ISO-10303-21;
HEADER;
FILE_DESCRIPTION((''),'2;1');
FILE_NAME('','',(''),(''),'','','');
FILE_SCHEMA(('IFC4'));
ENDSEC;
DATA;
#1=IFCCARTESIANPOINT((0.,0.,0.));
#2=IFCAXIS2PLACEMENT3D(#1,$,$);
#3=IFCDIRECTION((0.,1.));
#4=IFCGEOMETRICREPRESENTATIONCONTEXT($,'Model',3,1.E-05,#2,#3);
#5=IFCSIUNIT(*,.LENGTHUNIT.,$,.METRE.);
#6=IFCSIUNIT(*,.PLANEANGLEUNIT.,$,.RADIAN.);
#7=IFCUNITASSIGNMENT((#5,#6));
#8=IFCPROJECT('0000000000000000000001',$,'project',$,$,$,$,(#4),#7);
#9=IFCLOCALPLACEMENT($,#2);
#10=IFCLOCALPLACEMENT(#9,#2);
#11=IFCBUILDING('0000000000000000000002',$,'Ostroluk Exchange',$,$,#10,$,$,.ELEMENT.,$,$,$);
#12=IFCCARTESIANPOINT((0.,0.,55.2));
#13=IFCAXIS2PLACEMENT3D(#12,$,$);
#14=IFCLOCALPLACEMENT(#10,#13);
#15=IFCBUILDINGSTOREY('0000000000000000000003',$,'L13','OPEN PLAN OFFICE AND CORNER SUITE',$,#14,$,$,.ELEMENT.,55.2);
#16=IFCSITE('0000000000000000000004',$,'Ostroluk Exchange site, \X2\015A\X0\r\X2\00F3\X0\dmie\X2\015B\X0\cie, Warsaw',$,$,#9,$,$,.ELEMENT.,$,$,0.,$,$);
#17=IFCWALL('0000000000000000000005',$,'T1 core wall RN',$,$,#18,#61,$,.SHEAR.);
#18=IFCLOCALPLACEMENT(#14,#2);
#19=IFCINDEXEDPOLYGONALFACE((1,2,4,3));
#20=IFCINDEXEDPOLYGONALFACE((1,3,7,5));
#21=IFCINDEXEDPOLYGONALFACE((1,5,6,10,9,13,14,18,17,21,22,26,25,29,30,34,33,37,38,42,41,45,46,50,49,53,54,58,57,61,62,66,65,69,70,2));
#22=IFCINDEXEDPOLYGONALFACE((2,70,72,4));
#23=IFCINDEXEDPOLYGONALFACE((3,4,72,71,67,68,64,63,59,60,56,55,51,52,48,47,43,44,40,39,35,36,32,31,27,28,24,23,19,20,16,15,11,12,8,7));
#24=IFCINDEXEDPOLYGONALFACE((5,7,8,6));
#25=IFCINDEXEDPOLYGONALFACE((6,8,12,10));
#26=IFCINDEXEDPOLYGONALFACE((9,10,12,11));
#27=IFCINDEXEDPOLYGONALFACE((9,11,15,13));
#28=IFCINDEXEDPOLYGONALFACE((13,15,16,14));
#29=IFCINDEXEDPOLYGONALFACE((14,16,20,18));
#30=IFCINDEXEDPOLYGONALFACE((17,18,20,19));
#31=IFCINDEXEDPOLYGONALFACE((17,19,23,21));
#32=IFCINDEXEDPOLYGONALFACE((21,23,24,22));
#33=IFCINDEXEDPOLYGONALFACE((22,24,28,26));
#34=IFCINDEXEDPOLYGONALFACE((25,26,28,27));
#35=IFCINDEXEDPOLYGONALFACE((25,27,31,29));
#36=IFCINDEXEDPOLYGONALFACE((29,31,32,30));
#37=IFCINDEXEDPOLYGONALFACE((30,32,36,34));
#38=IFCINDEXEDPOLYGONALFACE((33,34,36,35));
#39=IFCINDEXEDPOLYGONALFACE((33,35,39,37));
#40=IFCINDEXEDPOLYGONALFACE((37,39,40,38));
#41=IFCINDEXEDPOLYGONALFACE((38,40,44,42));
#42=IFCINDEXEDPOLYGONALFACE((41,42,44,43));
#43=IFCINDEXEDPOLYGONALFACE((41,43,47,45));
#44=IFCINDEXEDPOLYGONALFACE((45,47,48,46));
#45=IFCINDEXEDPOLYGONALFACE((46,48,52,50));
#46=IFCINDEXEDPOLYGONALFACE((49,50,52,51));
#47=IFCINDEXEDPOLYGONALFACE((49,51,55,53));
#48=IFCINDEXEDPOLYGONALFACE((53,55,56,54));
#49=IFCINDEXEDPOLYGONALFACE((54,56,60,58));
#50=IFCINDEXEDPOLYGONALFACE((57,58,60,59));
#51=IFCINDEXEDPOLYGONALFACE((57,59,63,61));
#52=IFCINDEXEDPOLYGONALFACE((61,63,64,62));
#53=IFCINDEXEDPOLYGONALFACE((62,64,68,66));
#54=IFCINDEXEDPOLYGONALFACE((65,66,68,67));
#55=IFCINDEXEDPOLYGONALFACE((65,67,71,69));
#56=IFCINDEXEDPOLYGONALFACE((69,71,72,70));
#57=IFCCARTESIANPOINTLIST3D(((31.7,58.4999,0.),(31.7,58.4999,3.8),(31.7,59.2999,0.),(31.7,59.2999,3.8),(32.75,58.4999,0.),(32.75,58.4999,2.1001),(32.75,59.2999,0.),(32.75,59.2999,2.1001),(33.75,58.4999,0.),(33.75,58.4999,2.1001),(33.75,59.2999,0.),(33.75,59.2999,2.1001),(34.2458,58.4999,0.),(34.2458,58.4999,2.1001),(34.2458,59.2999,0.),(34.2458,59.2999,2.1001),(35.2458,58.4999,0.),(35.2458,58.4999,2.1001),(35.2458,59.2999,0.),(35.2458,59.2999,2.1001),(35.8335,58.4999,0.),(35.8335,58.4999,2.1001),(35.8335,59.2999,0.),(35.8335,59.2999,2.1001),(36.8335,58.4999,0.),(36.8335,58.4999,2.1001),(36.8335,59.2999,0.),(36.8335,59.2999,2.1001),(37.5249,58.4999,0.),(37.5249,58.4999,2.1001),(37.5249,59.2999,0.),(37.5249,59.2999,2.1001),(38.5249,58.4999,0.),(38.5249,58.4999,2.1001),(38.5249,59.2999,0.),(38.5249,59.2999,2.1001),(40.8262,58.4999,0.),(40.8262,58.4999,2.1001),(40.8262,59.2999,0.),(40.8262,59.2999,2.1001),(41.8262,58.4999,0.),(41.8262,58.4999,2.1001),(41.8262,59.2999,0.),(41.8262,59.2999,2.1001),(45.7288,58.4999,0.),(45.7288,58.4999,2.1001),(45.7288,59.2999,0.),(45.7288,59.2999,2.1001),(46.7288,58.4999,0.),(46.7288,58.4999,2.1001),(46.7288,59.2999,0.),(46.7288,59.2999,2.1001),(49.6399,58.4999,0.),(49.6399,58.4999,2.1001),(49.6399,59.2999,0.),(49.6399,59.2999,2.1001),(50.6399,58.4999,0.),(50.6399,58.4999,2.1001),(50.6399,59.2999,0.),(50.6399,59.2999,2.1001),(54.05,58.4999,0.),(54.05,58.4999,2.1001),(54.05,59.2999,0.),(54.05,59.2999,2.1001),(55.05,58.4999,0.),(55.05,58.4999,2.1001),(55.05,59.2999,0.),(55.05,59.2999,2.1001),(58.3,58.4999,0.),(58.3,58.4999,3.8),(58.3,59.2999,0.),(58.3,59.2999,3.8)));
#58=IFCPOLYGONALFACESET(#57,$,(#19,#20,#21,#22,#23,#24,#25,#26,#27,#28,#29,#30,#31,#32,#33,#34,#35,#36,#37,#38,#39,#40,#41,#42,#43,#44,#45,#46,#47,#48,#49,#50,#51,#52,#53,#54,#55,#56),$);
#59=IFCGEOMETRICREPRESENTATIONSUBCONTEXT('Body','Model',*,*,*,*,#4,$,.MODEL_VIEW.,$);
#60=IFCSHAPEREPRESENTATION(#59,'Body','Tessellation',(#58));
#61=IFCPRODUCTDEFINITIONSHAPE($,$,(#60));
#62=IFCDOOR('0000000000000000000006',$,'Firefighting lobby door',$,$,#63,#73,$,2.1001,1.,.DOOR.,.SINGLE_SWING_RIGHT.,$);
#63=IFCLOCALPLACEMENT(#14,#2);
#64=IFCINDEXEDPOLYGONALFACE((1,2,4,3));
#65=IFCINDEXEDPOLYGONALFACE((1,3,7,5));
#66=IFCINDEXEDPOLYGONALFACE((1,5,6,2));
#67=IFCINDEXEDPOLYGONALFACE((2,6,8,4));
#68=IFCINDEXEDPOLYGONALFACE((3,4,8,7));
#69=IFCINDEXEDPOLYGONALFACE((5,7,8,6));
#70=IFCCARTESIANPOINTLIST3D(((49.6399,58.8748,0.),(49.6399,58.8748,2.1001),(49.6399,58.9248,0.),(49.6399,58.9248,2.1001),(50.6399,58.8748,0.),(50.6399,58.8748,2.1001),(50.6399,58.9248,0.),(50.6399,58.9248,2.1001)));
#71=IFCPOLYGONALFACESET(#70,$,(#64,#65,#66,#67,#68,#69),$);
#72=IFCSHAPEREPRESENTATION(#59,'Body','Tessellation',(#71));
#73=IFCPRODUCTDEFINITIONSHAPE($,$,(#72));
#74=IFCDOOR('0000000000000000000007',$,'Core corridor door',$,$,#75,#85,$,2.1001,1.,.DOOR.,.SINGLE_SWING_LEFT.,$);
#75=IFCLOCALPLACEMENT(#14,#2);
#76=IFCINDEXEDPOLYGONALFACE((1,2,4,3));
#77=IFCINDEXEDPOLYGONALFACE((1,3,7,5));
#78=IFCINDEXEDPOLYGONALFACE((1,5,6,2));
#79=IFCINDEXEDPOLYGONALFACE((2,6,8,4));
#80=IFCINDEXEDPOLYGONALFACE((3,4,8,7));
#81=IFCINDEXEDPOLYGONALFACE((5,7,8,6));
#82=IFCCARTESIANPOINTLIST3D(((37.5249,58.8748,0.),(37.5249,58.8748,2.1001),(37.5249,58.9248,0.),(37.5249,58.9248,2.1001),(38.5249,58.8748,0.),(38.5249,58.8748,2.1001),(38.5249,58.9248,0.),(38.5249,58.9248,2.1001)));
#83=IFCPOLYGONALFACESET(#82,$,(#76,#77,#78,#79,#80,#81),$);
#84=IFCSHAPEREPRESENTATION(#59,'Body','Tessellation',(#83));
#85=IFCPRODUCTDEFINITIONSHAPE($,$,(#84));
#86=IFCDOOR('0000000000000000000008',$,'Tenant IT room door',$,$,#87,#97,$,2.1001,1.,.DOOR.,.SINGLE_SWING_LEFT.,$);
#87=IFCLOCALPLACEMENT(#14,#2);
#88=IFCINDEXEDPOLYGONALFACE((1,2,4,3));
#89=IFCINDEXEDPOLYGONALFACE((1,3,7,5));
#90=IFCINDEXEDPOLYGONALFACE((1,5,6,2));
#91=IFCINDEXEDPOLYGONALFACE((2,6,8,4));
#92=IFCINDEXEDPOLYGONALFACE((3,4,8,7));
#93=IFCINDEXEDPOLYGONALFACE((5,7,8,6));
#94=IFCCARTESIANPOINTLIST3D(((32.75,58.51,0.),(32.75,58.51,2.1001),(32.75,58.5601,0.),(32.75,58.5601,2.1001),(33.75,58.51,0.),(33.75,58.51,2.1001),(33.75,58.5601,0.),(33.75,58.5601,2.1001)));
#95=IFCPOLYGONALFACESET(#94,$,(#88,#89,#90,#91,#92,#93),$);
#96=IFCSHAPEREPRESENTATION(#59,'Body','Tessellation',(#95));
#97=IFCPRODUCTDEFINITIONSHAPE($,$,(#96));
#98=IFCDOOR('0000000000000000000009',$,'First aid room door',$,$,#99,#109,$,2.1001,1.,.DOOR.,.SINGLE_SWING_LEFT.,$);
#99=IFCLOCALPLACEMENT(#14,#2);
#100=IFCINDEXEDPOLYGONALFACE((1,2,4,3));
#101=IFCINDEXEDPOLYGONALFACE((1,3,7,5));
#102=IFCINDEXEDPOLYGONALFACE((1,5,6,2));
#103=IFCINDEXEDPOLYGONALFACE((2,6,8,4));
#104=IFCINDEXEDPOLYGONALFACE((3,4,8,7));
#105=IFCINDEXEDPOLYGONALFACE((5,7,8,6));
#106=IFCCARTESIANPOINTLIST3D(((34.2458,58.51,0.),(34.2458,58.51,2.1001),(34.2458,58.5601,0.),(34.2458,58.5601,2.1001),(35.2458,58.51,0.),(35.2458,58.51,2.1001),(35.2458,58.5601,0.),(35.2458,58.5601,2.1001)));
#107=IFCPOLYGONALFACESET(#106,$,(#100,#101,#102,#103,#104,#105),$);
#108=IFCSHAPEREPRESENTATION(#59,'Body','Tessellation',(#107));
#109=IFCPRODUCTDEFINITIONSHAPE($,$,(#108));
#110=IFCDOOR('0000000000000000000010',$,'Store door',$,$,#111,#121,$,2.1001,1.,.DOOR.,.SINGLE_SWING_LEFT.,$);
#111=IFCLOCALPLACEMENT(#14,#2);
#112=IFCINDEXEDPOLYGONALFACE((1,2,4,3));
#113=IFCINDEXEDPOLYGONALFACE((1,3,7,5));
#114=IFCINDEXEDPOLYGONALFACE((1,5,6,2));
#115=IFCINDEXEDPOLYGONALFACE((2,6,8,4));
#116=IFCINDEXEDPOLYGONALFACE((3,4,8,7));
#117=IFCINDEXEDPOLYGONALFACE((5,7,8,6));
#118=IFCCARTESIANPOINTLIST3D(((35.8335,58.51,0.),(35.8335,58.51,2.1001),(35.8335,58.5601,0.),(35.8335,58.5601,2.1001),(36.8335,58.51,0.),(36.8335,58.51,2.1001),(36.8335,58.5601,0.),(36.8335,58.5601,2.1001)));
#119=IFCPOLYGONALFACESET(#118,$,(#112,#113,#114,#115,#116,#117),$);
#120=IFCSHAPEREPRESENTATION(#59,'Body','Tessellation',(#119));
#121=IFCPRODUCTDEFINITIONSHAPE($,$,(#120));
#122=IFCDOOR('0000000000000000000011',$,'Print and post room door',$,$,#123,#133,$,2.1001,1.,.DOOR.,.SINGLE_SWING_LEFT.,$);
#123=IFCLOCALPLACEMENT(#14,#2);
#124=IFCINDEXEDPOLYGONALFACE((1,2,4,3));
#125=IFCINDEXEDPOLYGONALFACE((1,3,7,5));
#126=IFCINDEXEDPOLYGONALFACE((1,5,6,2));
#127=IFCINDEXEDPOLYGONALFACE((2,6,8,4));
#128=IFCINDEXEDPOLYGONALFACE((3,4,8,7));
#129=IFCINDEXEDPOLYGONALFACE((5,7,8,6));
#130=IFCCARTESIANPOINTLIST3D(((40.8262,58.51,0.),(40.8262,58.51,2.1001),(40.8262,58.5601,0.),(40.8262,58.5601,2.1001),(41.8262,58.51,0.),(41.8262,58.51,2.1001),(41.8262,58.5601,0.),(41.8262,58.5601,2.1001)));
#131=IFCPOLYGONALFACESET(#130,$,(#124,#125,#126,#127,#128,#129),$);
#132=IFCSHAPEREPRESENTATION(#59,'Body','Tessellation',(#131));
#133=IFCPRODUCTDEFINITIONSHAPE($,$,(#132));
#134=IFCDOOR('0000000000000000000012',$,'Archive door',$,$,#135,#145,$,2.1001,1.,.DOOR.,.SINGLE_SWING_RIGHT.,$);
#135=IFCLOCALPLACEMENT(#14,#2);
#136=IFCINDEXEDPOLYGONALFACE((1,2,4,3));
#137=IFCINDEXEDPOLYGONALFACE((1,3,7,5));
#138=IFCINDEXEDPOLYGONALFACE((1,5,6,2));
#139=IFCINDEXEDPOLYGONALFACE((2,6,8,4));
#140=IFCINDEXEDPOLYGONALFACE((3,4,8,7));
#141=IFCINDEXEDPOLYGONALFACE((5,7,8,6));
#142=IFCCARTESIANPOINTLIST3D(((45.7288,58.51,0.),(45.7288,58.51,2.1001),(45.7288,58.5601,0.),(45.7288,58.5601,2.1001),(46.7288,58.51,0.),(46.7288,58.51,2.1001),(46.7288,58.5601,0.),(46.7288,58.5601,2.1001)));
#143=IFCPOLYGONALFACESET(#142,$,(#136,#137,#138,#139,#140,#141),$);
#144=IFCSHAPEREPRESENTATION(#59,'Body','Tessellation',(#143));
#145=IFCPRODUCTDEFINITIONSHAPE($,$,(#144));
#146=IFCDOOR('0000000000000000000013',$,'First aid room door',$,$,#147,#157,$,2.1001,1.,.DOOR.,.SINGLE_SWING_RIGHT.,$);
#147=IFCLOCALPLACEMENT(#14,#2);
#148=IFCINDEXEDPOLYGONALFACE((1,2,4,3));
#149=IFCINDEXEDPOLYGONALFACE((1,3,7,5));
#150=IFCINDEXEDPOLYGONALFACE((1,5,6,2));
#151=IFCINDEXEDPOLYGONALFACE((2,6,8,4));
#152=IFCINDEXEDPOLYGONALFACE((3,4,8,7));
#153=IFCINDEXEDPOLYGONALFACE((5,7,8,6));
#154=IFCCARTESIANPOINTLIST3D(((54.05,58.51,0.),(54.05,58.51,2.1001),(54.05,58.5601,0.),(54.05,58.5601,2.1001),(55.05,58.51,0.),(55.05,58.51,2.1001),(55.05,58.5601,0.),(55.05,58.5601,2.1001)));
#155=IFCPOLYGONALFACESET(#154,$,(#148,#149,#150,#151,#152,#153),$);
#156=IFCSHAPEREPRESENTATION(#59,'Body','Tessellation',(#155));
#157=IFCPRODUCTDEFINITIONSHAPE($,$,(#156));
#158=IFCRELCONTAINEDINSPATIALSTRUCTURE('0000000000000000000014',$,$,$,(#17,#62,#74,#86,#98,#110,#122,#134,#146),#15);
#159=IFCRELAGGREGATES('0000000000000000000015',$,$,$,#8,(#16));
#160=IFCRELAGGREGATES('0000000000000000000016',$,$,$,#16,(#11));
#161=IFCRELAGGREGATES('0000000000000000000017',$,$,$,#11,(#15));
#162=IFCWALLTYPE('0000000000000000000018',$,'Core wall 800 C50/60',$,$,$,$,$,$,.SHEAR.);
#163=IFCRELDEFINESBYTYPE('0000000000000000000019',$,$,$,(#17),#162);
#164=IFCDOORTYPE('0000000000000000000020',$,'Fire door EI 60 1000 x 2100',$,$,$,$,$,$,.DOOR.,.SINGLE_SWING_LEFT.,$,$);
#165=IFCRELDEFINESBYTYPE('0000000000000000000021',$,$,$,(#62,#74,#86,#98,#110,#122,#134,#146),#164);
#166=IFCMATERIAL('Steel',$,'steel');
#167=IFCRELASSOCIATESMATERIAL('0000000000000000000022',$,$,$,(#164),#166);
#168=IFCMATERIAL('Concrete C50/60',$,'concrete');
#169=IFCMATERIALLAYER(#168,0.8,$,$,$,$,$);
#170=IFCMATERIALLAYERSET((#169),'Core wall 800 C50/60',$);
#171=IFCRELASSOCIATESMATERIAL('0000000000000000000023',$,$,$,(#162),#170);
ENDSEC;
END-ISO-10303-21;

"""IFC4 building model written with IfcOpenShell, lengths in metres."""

from ifc_helpers import new_model, si_unit, direction, frame, frame_2d, origin, place, context, subcontext, project, spatial, rectangle, extrude, material, layer, layer_set, type_object, element, fill, save


model = new_model("IFC4")

# Units and contexts
model_context = context("Model", 3, precision=1e-05, world=origin(), true_north=direction((0.0, 1.0)))
body_context = subcontext(model_context, "Body", "Model", "MODEL_VIEW")
ifc_project = project(units=[si_unit("LENGTHUNIT", "METRE"), si_unit("PLANEANGLEUNIT", "RADIAN")], contexts=[model_context])

# Site, building, storey
site_placement = place(None, origin())
site = spatial("IfcSite", under=ifc_project, at=site_placement, Name="Ostroluk Exchange site, Śródmieście, Warsaw", CompositionType="ELEMENT", RefElevation=0.0)
building_placement = place(site_placement, origin())
building = spatial("IfcBuilding", under=site, at=building_placement, Name="Ostroluk Exchange", CompositionType="ELEMENT")
storey_placement = place(building_placement, frame((0.0, 0.0, 55.2)))
storey = spatial("IfcBuildingStorey", under=building, at=storey_placement, Name="L13", Description="OPEN PLAN OFFICE AND CORNER SUITE", CompositionType="ELEMENT", Elevation=55.2)

# Wall, openings, doors
ifc_material_1 = material(Name="Steel", Category="steel")
door_type = type_object("IfcDoorType", Name="Fire door EI 60 1000 x 2100", OperationType="SINGLE_SWING_LEFT", PredefinedType="DOOR", material=ifc_material_1)
ifc_material_2 = material(Name="Concrete C50/60", Category="concrete")
ifc_layer_1 = layer(ifc_material_2, 0.8)
ifc_layer_set_1 = layer_set([ifc_layer_1], Name="Core wall 800 C50/60")
wall_type_1 = type_object("IfcWallType", Name="Core wall 800 C50/60", PredefinedType="SHEAR", material=ifc_layer_set_1)
wall_1_placement = place(storey_placement, frame((31.7, 58.8999, 0.0), z_axis=(0.0, 0.0, 1.0), x_axis=(1.0, 0.0, 0.0)))
wall_1 = element("IfcWall", 1, at=wall_1_placement, inside=storey, type_object=wall_type_1, Name="T1 core wall RN", PredefinedType="SHEAR", context=body_context, shape_type="SweptSolid", body=[
    extrude(rectangle(XDim=26.6001, YDim=0.8, at=frame_2d((13.3, 0.0))), origin(), (0.0, 0.0, 1.0), 3.8),
])
opening_1_placement = place(wall_1_placement, frame((17.9399, 0.0, 0.0)))
opening_1 = element("IfcOpeningElement", 2, at=opening_1_placement, cuts=wall_1, PredefinedType="OPENING", context=body_context, shape_type="SweptSolid", body=[
    extrude(rectangle(XDim=1.0, YDim=2.1001, at=frame_2d((0.5, 1.05))), frame((0.0, 0.4099, 0.0), z_axis=(0.0, -1.0, 0.0), x_axis=(1.0, 0.0, 0.0)), (0.0, 0.0, 1.0), 0.8201),
])
opening_2_placement = place(wall_1_placement, frame((5.825, 0.0, 0.0)))
opening_2 = element("IfcOpeningElement", 3, at=opening_2_placement, cuts=wall_1, PredefinedType="OPENING", context=body_context, shape_type="SweptSolid", body=[
    extrude(rectangle(XDim=1.0, YDim=2.1001, at=frame_2d((0.5, 1.05))), frame((0.0, 0.4099, 0.0), z_axis=(0.0, -1.0, 0.0), x_axis=(1.0, 0.0, 0.0)), (0.0, 0.0, 1.0), 0.8201),
])
opening_3_placement = place(wall_1_placement, frame((1.05, 0.0, 0.0)))
opening_3 = element("IfcOpeningElement", 4, at=opening_3_placement, cuts=wall_1, PredefinedType="OPENING", context=body_context, shape_type="SweptSolid", body=[
    extrude(rectangle(XDim=1.0, YDim=2.1001, at=frame_2d((0.5, 1.05))), frame((0.0, 0.4099, 0.0), z_axis=(0.0, -1.0, 0.0), x_axis=(1.0, 0.0, 0.0)), (0.0, 0.0, 1.0), 0.8201),
])
opening_4_placement = place(wall_1_placement, frame((2.5459, 0.0, 0.0)))
opening_4 = element("IfcOpeningElement", 5, at=opening_4_placement, cuts=wall_1, PredefinedType="OPENING", context=body_context, shape_type="SweptSolid", body=[
    extrude(rectangle(XDim=1.0, YDim=2.1001, at=frame_2d((0.5, 1.05))), frame((0.0, 0.4099, 0.0), z_axis=(0.0, -1.0, 0.0), x_axis=(1.0, 0.0, 0.0)), (0.0, 0.0, 1.0), 0.8201),
])
opening_5_placement = place(wall_1_placement, frame((4.1335, 0.0, 0.0)))
opening_5 = element("IfcOpeningElement", 6, at=opening_5_placement, cuts=wall_1, PredefinedType="OPENING", context=body_context, shape_type="SweptSolid", body=[
    extrude(rectangle(XDim=1.0, YDim=2.1001, at=frame_2d((0.5, 1.05))), frame((0.0, 0.4099, 0.0), z_axis=(0.0, -1.0, 0.0), x_axis=(1.0, 0.0, 0.0)), (0.0, 0.0, 1.0), 0.8201),
])
opening_6_placement = place(wall_1_placement, frame((9.1262, 0.0, 0.0)))
opening_6 = element("IfcOpeningElement", 7, at=opening_6_placement, cuts=wall_1, PredefinedType="OPENING", context=body_context, shape_type="SweptSolid", body=[
    extrude(rectangle(XDim=1.0, YDim=2.1001, at=frame_2d((0.5, 1.05))), frame((0.0, 0.4099, 0.0), z_axis=(0.0, -1.0, 0.0), x_axis=(1.0, 0.0, 0.0)), (0.0, 0.0, 1.0), 0.8201),
])
opening_7_placement = place(wall_1_placement, frame((14.0288, 0.0, 0.0)))
opening_7 = element("IfcOpeningElement", 8, at=opening_7_placement, cuts=wall_1, PredefinedType="OPENING", context=body_context, shape_type="SweptSolid", body=[
    extrude(rectangle(XDim=1.0, YDim=2.1001, at=frame_2d((0.5, 1.05))), frame((0.0, 0.4099, 0.0), z_axis=(0.0, -1.0, 0.0), x_axis=(1.0, 0.0, 0.0)), (0.0, 0.0, 1.0), 0.8201),
])
opening_8_placement = place(wall_1_placement, frame((22.3501, 0.0, 0.0)))
opening_8 = element("IfcOpeningElement", 9, at=opening_8_placement, cuts=wall_1, PredefinedType="OPENING", context=body_context, shape_type="SweptSolid", body=[
    extrude(rectangle(XDim=1.0, YDim=2.1001, at=frame_2d((0.5, 1.05))), frame((0.0, 0.4099, 0.0), z_axis=(0.0, -1.0, 0.0), x_axis=(1.0, 0.0, 0.0)), (0.0, 0.0, 1.0), 0.8201),
])
door_1_placement = place(opening_1_placement, origin())
door_1 = element("IfcDoor", 10, at=door_1_placement, inside=storey, type_object=door_type, Name="Firefighting lobby door", OperationType="SINGLE_SWING_RIGHT", OverallHeight=2.1001, OverallWidth=1.0, PredefinedType="DOOR", context=body_context, shape_type="SweptSolid", body=[
    extrude(rectangle(XDim=1.0, YDim=2.1001, at=frame_2d((0.5, 1.05))), frame((0.0, 0.0249, 0.0), z_axis=(0.0, -1.0, 0.0), x_axis=(1.0, 0.0, 0.0)), (0.0, 0.0, 1.0), 0.05),
])
fill(opening_1, door_1)
door_2_placement = place(opening_2_placement, origin())
door_2 = element("IfcDoor", 11, at=door_2_placement, inside=storey, type_object=door_type, Name="Core corridor door", OperationType="SINGLE_SWING_LEFT", OverallHeight=2.1001, OverallWidth=1.0, PredefinedType="DOOR", context=body_context, shape_type="SweptSolid", body=[
    extrude(rectangle(XDim=1.0, YDim=2.1001, at=frame_2d((0.5, 1.05))), frame((0.0, 0.0249, 0.0), z_axis=(0.0, -1.0, 0.0), x_axis=(1.0, 0.0, 0.0)), (0.0, 0.0, 1.0), 0.05),
])
fill(opening_2, door_2)
door_3_placement = place(opening_3_placement, origin())
door_3 = element("IfcDoor", 12, at=door_3_placement, inside=storey, type_object=door_type, Name="Tenant IT room door", OperationType="SINGLE_SWING_LEFT", OverallHeight=2.1001, OverallWidth=1.0, PredefinedType="DOOR", context=body_context, shape_type="SweptSolid", body=[
    extrude(rectangle(XDim=1.0, YDim=2.1001, at=frame_2d((0.5, 1.05))), frame((0.0, -0.3398, 0.0), z_axis=(0.0, -1.0, 0.0), x_axis=(1.0, 0.0, 0.0)), (0.0, 0.0, 1.0), 0.05),
])
fill(opening_3, door_3)
door_4_placement = place(opening_4_placement, origin())
door_4 = element("IfcDoor", 13, at=door_4_placement, inside=storey, type_object=door_type, Name="First aid room door", OperationType="SINGLE_SWING_LEFT", OverallHeight=2.1001, OverallWidth=1.0, PredefinedType="DOOR", context=body_context, shape_type="SweptSolid", body=[
    extrude(rectangle(XDim=1.0, YDim=2.1001, at=frame_2d((0.5, 1.05))), frame((0.0, -0.3398, 0.0), z_axis=(0.0, -1.0, 0.0), x_axis=(1.0, 0.0, 0.0)), (0.0, 0.0, 1.0), 0.05),
])
fill(opening_4, door_4)
door_5_placement = place(opening_5_placement, origin())
door_5 = element("IfcDoor", 14, at=door_5_placement, inside=storey, type_object=door_type, Name="Store door", OperationType="SINGLE_SWING_LEFT", OverallHeight=2.1001, OverallWidth=1.0, PredefinedType="DOOR", context=body_context, shape_type="SweptSolid", body=[
    extrude(rectangle(XDim=1.0, YDim=2.1001, at=frame_2d((0.5, 1.05))), frame((0.0, -0.3398, 0.0), z_axis=(0.0, -1.0, 0.0), x_axis=(1.0, 0.0, 0.0)), (0.0, 0.0, 1.0), 0.05),
])
fill(opening_5, door_5)
door_6_placement = place(opening_6_placement, origin())
door_6 = element("IfcDoor", 15, at=door_6_placement, inside=storey, type_object=door_type, Name="Print and post room door", OperationType="SINGLE_SWING_LEFT", OverallHeight=2.1001, OverallWidth=1.0, PredefinedType="DOOR", context=body_context, shape_type="SweptSolid", body=[
    extrude(rectangle(XDim=1.0, YDim=2.1001, at=frame_2d((0.5, 1.05))), frame((0.0, -0.3398, 0.0), z_axis=(0.0, -1.0, 0.0), x_axis=(1.0, 0.0, 0.0)), (0.0, 0.0, 1.0), 0.05),
])
fill(opening_6, door_6)
door_7_placement = place(opening_7_placement, origin())
door_7 = element("IfcDoor", 16, at=door_7_placement, inside=storey, type_object=door_type, Name="Archive door", OperationType="SINGLE_SWING_RIGHT", OverallHeight=2.1001, OverallWidth=1.0, PredefinedType="DOOR", context=body_context, shape_type="SweptSolid", body=[
    extrude(rectangle(XDim=1.0, YDim=2.1001, at=frame_2d((0.5, 1.05))), frame((0.0, -0.3398, 0.0), z_axis=(0.0, -1.0, 0.0), x_axis=(1.0, 0.0, 0.0)), (0.0, 0.0, 1.0), 0.05),
])
fill(opening_7, door_7)
door_8_placement = place(opening_8_placement, origin())
door_8 = element("IfcDoor", 17, at=door_8_placement, inside=storey, type_object=door_type, Name="First aid room door", OperationType="SINGLE_SWING_RIGHT", OverallHeight=2.1001, OverallWidth=1.0, PredefinedType="DOOR", context=body_context, shape_type="SweptSolid", body=[
    extrude(rectangle(XDim=1.0, YDim=2.1001, at=frame_2d((0.5, 1.05))), frame((0.0, -0.3398, 0.0), z_axis=(0.0, -1.0, 0.0), x_axis=(1.0, 0.0, 0.0)), (0.0, 0.0, 1.0), 0.05),
])
fill(opening_8, door_8)

save(model, "model.ifc")
